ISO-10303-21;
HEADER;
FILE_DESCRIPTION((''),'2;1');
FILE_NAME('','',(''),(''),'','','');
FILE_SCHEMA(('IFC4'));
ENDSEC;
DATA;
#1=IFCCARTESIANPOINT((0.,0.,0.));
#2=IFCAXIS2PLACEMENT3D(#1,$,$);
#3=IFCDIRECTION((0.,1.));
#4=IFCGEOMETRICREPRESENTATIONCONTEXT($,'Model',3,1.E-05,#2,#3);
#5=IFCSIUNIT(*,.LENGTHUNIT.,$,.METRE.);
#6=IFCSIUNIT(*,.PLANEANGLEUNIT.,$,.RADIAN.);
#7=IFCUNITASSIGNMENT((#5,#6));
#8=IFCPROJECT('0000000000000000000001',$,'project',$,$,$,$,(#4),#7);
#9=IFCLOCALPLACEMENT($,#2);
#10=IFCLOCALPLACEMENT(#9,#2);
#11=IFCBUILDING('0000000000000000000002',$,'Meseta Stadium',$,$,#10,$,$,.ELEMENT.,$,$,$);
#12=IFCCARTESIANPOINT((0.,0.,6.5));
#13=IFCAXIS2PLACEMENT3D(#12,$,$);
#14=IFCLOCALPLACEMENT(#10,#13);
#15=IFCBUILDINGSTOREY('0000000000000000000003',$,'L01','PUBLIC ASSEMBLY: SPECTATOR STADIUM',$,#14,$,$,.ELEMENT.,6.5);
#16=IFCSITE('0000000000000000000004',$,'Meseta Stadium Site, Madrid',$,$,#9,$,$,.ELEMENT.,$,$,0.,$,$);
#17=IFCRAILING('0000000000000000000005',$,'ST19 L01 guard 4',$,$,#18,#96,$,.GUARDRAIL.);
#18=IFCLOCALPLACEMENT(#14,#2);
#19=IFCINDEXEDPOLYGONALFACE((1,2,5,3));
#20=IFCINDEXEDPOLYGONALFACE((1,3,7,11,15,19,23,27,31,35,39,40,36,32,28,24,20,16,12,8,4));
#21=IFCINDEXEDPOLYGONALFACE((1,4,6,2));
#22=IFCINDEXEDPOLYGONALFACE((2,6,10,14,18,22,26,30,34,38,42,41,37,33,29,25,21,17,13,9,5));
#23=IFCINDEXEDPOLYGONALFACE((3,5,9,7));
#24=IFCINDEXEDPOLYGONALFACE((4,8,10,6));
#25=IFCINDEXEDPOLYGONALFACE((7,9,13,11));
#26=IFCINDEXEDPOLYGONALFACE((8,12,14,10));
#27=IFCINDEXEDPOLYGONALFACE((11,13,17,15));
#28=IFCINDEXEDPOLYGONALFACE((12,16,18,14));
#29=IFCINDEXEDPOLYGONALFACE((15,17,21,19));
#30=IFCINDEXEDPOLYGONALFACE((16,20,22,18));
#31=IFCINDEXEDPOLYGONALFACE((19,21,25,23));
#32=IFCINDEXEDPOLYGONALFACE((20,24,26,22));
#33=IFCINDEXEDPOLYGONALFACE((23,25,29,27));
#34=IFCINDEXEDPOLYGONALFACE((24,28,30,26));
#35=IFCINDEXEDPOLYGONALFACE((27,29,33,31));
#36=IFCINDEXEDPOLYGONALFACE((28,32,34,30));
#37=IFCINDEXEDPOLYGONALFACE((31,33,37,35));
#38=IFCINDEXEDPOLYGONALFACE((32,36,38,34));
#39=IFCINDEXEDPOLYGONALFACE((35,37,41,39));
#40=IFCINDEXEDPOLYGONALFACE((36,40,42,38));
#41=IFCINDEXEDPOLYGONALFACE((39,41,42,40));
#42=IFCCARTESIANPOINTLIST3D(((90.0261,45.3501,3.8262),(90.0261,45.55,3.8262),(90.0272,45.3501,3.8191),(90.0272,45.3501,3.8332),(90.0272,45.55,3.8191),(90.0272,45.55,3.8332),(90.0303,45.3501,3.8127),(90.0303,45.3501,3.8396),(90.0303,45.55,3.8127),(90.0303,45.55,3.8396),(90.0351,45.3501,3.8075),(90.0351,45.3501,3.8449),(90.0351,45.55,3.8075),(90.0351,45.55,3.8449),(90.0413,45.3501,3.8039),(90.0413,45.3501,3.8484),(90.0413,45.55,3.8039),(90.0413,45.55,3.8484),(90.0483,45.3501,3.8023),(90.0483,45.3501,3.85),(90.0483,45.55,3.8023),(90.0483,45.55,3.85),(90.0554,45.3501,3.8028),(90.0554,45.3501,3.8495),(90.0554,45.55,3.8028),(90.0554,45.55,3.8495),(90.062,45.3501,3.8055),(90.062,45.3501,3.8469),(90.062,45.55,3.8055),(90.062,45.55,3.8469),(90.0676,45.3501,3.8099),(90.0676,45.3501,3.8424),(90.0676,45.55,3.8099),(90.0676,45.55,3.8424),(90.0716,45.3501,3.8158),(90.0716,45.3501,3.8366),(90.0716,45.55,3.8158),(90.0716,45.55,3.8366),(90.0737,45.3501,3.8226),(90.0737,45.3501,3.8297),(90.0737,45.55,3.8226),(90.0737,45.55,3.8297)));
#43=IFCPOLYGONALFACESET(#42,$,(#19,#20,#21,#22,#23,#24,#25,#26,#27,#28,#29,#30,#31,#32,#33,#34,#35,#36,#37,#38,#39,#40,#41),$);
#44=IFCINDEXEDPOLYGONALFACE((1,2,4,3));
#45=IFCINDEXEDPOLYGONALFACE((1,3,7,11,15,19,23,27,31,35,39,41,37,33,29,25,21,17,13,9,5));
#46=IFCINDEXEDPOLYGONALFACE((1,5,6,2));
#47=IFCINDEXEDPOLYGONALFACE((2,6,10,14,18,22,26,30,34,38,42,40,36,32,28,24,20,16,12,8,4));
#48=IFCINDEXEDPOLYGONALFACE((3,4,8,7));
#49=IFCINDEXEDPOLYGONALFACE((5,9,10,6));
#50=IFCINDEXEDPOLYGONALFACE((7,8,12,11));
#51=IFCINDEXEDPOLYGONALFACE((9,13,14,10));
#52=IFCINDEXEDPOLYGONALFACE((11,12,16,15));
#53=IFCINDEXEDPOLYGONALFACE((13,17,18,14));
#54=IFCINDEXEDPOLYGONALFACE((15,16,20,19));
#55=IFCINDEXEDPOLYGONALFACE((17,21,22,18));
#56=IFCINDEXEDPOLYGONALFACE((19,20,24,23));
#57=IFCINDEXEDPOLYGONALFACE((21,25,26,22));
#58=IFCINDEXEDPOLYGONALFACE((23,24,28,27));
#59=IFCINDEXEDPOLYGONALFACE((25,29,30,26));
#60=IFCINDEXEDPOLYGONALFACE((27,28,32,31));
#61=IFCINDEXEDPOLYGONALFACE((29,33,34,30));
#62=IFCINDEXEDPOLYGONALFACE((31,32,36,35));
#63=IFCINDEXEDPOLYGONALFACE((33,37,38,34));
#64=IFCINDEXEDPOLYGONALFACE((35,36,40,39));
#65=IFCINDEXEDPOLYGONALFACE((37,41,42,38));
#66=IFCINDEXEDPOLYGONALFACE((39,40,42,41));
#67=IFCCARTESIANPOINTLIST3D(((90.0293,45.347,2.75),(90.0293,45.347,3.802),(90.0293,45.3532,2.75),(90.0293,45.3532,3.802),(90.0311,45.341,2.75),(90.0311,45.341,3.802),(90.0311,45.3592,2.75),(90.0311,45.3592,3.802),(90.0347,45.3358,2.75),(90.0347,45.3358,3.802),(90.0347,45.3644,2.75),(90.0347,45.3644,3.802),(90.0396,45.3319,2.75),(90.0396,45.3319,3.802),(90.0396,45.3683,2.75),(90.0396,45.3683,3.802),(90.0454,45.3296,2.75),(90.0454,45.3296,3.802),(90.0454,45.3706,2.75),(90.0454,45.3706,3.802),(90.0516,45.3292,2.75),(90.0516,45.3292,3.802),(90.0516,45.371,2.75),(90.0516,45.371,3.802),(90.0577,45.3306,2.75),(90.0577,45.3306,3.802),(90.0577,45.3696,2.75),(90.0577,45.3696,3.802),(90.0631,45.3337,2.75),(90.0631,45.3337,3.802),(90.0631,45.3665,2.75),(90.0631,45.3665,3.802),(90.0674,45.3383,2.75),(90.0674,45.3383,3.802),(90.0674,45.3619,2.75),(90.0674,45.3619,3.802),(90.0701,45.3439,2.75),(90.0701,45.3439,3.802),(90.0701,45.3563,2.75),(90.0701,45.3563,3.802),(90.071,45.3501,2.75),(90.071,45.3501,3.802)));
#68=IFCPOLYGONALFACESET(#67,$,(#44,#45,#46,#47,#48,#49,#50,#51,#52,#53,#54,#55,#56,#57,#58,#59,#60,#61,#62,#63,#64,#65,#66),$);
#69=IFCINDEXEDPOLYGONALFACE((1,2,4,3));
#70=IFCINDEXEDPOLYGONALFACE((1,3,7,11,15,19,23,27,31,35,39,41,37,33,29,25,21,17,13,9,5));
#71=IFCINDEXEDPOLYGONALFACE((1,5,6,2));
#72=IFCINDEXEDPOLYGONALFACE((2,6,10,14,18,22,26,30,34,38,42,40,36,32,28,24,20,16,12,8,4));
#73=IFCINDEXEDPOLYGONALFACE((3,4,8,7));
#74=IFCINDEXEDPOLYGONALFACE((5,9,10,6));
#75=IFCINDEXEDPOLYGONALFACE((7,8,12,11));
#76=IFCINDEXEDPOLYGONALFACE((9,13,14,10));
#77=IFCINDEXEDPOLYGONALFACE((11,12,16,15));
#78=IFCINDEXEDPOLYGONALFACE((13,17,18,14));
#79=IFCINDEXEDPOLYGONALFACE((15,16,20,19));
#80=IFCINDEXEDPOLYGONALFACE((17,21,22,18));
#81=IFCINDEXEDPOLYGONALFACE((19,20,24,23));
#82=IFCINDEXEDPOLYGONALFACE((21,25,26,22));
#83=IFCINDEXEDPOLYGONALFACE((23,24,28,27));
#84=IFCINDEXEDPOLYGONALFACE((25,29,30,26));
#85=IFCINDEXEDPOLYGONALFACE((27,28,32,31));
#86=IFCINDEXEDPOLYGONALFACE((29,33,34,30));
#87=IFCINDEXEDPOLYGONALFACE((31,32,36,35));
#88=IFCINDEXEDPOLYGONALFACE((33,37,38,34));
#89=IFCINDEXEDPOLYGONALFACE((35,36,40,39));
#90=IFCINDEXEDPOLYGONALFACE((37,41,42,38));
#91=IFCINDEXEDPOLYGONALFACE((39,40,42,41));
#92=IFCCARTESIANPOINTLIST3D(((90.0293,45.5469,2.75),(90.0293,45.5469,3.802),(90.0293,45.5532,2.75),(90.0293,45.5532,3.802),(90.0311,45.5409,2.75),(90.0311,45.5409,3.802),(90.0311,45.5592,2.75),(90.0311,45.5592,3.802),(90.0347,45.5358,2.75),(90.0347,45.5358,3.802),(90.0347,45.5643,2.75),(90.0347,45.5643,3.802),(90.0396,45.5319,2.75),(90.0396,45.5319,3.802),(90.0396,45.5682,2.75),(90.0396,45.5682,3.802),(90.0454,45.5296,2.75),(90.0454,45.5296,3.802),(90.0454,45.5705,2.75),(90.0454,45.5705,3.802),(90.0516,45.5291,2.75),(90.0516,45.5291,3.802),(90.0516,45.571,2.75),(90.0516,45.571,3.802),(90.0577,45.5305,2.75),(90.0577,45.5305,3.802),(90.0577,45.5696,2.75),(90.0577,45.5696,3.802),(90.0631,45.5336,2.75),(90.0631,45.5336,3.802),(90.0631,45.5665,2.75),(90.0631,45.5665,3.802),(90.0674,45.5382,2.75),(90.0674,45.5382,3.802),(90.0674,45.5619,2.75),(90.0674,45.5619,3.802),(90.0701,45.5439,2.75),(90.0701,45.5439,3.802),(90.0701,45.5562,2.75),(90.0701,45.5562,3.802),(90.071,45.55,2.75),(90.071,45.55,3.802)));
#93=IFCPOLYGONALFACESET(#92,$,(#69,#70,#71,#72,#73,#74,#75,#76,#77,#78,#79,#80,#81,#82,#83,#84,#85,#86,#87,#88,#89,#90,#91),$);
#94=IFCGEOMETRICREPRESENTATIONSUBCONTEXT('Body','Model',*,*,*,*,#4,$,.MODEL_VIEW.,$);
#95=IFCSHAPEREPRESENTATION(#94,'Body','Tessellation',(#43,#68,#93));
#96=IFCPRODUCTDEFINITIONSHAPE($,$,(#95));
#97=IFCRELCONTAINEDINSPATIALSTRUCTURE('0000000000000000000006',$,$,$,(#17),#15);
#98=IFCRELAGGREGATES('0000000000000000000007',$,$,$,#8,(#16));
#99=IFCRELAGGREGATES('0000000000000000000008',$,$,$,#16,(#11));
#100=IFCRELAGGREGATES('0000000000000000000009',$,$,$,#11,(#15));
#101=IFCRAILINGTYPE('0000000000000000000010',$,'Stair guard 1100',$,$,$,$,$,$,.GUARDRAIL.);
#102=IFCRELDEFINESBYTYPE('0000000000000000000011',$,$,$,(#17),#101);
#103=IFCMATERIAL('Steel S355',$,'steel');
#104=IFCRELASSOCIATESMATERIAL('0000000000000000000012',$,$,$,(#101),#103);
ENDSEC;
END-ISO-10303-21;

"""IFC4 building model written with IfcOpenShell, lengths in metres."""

from ifc_helpers import new_model, si_unit, direction, frame, origin, origin_2d, place, context, subcontext, project, spatial, circle, extrude, material, type_object, element, save


model = new_model("IFC4")

# Units and contexts
model_context = context("Model", 3, precision=1e-05, world=origin(), true_north=direction((0.0, 1.0)))
body_context = subcontext(model_context, "Body", "Model", "MODEL_VIEW")
ifc_project = project(units=[si_unit("LENGTHUNIT", "METRE"), si_unit("PLANEANGLEUNIT", "RADIAN")], contexts=[model_context])

# Site, building, storey
site_placement = place(None, origin())
site = spatial("IfcSite", under=ifc_project, at=site_placement, Name="Meseta Stadium Site, Madrid", CompositionType="ELEMENT", RefElevation=0.0)
building_placement = place(site_placement, origin())
building = spatial("IfcBuilding", under=site, at=building_placement, Name="Meseta Stadium", CompositionType="ELEMENT")
storey_placement = place(building_placement, frame((0.0, 0.0, 6.5)))
storey = spatial("IfcBuildingStorey", under=building, at=storey_placement, Name="L01", Description="PUBLIC ASSEMBLY: SPECTATOR STADIUM", CompositionType="ELEMENT", Elevation=6.5)

# Railing
ifc_material_1 = material(Name="Steel S355", Category="steel")
railing_type_1 = type_object("IfcRailingType", Name="Stair guard 1100", PredefinedType="GUARDRAIL", material=ifc_material_1)
railing_1_placement = place(storey_placement, frame((90.05, 45.3501, 2.75)))
element("IfcRailing", 1, at=railing_1_placement, inside=storey, type_object=railing_type_1, Name="ST19 L01 guard 4", PredefinedType="GUARDRAIL", context=body_context, shape_type="SweptSolid", body=[
    extrude(circle(Radius=0.0239, at=origin_2d()), frame((0.0, 0.0, 1.0762), z_axis=(0.0, 1.0, 0.0), x_axis=(-1.0, 0.0, 0.0)), (0.0, 0.0, 1.0), 0.2),
    extrude(circle(Radius=0.021, at=origin_2d()), origin(), (0.0, 0.0, 1.0), 1.052),
    extrude(circle(Radius=0.021, at=origin_2d()), frame((0.0, 0.2, 0.0)), (0.0, 0.0, 1.0), 1.052),
])

save(model, "model.ifc")
